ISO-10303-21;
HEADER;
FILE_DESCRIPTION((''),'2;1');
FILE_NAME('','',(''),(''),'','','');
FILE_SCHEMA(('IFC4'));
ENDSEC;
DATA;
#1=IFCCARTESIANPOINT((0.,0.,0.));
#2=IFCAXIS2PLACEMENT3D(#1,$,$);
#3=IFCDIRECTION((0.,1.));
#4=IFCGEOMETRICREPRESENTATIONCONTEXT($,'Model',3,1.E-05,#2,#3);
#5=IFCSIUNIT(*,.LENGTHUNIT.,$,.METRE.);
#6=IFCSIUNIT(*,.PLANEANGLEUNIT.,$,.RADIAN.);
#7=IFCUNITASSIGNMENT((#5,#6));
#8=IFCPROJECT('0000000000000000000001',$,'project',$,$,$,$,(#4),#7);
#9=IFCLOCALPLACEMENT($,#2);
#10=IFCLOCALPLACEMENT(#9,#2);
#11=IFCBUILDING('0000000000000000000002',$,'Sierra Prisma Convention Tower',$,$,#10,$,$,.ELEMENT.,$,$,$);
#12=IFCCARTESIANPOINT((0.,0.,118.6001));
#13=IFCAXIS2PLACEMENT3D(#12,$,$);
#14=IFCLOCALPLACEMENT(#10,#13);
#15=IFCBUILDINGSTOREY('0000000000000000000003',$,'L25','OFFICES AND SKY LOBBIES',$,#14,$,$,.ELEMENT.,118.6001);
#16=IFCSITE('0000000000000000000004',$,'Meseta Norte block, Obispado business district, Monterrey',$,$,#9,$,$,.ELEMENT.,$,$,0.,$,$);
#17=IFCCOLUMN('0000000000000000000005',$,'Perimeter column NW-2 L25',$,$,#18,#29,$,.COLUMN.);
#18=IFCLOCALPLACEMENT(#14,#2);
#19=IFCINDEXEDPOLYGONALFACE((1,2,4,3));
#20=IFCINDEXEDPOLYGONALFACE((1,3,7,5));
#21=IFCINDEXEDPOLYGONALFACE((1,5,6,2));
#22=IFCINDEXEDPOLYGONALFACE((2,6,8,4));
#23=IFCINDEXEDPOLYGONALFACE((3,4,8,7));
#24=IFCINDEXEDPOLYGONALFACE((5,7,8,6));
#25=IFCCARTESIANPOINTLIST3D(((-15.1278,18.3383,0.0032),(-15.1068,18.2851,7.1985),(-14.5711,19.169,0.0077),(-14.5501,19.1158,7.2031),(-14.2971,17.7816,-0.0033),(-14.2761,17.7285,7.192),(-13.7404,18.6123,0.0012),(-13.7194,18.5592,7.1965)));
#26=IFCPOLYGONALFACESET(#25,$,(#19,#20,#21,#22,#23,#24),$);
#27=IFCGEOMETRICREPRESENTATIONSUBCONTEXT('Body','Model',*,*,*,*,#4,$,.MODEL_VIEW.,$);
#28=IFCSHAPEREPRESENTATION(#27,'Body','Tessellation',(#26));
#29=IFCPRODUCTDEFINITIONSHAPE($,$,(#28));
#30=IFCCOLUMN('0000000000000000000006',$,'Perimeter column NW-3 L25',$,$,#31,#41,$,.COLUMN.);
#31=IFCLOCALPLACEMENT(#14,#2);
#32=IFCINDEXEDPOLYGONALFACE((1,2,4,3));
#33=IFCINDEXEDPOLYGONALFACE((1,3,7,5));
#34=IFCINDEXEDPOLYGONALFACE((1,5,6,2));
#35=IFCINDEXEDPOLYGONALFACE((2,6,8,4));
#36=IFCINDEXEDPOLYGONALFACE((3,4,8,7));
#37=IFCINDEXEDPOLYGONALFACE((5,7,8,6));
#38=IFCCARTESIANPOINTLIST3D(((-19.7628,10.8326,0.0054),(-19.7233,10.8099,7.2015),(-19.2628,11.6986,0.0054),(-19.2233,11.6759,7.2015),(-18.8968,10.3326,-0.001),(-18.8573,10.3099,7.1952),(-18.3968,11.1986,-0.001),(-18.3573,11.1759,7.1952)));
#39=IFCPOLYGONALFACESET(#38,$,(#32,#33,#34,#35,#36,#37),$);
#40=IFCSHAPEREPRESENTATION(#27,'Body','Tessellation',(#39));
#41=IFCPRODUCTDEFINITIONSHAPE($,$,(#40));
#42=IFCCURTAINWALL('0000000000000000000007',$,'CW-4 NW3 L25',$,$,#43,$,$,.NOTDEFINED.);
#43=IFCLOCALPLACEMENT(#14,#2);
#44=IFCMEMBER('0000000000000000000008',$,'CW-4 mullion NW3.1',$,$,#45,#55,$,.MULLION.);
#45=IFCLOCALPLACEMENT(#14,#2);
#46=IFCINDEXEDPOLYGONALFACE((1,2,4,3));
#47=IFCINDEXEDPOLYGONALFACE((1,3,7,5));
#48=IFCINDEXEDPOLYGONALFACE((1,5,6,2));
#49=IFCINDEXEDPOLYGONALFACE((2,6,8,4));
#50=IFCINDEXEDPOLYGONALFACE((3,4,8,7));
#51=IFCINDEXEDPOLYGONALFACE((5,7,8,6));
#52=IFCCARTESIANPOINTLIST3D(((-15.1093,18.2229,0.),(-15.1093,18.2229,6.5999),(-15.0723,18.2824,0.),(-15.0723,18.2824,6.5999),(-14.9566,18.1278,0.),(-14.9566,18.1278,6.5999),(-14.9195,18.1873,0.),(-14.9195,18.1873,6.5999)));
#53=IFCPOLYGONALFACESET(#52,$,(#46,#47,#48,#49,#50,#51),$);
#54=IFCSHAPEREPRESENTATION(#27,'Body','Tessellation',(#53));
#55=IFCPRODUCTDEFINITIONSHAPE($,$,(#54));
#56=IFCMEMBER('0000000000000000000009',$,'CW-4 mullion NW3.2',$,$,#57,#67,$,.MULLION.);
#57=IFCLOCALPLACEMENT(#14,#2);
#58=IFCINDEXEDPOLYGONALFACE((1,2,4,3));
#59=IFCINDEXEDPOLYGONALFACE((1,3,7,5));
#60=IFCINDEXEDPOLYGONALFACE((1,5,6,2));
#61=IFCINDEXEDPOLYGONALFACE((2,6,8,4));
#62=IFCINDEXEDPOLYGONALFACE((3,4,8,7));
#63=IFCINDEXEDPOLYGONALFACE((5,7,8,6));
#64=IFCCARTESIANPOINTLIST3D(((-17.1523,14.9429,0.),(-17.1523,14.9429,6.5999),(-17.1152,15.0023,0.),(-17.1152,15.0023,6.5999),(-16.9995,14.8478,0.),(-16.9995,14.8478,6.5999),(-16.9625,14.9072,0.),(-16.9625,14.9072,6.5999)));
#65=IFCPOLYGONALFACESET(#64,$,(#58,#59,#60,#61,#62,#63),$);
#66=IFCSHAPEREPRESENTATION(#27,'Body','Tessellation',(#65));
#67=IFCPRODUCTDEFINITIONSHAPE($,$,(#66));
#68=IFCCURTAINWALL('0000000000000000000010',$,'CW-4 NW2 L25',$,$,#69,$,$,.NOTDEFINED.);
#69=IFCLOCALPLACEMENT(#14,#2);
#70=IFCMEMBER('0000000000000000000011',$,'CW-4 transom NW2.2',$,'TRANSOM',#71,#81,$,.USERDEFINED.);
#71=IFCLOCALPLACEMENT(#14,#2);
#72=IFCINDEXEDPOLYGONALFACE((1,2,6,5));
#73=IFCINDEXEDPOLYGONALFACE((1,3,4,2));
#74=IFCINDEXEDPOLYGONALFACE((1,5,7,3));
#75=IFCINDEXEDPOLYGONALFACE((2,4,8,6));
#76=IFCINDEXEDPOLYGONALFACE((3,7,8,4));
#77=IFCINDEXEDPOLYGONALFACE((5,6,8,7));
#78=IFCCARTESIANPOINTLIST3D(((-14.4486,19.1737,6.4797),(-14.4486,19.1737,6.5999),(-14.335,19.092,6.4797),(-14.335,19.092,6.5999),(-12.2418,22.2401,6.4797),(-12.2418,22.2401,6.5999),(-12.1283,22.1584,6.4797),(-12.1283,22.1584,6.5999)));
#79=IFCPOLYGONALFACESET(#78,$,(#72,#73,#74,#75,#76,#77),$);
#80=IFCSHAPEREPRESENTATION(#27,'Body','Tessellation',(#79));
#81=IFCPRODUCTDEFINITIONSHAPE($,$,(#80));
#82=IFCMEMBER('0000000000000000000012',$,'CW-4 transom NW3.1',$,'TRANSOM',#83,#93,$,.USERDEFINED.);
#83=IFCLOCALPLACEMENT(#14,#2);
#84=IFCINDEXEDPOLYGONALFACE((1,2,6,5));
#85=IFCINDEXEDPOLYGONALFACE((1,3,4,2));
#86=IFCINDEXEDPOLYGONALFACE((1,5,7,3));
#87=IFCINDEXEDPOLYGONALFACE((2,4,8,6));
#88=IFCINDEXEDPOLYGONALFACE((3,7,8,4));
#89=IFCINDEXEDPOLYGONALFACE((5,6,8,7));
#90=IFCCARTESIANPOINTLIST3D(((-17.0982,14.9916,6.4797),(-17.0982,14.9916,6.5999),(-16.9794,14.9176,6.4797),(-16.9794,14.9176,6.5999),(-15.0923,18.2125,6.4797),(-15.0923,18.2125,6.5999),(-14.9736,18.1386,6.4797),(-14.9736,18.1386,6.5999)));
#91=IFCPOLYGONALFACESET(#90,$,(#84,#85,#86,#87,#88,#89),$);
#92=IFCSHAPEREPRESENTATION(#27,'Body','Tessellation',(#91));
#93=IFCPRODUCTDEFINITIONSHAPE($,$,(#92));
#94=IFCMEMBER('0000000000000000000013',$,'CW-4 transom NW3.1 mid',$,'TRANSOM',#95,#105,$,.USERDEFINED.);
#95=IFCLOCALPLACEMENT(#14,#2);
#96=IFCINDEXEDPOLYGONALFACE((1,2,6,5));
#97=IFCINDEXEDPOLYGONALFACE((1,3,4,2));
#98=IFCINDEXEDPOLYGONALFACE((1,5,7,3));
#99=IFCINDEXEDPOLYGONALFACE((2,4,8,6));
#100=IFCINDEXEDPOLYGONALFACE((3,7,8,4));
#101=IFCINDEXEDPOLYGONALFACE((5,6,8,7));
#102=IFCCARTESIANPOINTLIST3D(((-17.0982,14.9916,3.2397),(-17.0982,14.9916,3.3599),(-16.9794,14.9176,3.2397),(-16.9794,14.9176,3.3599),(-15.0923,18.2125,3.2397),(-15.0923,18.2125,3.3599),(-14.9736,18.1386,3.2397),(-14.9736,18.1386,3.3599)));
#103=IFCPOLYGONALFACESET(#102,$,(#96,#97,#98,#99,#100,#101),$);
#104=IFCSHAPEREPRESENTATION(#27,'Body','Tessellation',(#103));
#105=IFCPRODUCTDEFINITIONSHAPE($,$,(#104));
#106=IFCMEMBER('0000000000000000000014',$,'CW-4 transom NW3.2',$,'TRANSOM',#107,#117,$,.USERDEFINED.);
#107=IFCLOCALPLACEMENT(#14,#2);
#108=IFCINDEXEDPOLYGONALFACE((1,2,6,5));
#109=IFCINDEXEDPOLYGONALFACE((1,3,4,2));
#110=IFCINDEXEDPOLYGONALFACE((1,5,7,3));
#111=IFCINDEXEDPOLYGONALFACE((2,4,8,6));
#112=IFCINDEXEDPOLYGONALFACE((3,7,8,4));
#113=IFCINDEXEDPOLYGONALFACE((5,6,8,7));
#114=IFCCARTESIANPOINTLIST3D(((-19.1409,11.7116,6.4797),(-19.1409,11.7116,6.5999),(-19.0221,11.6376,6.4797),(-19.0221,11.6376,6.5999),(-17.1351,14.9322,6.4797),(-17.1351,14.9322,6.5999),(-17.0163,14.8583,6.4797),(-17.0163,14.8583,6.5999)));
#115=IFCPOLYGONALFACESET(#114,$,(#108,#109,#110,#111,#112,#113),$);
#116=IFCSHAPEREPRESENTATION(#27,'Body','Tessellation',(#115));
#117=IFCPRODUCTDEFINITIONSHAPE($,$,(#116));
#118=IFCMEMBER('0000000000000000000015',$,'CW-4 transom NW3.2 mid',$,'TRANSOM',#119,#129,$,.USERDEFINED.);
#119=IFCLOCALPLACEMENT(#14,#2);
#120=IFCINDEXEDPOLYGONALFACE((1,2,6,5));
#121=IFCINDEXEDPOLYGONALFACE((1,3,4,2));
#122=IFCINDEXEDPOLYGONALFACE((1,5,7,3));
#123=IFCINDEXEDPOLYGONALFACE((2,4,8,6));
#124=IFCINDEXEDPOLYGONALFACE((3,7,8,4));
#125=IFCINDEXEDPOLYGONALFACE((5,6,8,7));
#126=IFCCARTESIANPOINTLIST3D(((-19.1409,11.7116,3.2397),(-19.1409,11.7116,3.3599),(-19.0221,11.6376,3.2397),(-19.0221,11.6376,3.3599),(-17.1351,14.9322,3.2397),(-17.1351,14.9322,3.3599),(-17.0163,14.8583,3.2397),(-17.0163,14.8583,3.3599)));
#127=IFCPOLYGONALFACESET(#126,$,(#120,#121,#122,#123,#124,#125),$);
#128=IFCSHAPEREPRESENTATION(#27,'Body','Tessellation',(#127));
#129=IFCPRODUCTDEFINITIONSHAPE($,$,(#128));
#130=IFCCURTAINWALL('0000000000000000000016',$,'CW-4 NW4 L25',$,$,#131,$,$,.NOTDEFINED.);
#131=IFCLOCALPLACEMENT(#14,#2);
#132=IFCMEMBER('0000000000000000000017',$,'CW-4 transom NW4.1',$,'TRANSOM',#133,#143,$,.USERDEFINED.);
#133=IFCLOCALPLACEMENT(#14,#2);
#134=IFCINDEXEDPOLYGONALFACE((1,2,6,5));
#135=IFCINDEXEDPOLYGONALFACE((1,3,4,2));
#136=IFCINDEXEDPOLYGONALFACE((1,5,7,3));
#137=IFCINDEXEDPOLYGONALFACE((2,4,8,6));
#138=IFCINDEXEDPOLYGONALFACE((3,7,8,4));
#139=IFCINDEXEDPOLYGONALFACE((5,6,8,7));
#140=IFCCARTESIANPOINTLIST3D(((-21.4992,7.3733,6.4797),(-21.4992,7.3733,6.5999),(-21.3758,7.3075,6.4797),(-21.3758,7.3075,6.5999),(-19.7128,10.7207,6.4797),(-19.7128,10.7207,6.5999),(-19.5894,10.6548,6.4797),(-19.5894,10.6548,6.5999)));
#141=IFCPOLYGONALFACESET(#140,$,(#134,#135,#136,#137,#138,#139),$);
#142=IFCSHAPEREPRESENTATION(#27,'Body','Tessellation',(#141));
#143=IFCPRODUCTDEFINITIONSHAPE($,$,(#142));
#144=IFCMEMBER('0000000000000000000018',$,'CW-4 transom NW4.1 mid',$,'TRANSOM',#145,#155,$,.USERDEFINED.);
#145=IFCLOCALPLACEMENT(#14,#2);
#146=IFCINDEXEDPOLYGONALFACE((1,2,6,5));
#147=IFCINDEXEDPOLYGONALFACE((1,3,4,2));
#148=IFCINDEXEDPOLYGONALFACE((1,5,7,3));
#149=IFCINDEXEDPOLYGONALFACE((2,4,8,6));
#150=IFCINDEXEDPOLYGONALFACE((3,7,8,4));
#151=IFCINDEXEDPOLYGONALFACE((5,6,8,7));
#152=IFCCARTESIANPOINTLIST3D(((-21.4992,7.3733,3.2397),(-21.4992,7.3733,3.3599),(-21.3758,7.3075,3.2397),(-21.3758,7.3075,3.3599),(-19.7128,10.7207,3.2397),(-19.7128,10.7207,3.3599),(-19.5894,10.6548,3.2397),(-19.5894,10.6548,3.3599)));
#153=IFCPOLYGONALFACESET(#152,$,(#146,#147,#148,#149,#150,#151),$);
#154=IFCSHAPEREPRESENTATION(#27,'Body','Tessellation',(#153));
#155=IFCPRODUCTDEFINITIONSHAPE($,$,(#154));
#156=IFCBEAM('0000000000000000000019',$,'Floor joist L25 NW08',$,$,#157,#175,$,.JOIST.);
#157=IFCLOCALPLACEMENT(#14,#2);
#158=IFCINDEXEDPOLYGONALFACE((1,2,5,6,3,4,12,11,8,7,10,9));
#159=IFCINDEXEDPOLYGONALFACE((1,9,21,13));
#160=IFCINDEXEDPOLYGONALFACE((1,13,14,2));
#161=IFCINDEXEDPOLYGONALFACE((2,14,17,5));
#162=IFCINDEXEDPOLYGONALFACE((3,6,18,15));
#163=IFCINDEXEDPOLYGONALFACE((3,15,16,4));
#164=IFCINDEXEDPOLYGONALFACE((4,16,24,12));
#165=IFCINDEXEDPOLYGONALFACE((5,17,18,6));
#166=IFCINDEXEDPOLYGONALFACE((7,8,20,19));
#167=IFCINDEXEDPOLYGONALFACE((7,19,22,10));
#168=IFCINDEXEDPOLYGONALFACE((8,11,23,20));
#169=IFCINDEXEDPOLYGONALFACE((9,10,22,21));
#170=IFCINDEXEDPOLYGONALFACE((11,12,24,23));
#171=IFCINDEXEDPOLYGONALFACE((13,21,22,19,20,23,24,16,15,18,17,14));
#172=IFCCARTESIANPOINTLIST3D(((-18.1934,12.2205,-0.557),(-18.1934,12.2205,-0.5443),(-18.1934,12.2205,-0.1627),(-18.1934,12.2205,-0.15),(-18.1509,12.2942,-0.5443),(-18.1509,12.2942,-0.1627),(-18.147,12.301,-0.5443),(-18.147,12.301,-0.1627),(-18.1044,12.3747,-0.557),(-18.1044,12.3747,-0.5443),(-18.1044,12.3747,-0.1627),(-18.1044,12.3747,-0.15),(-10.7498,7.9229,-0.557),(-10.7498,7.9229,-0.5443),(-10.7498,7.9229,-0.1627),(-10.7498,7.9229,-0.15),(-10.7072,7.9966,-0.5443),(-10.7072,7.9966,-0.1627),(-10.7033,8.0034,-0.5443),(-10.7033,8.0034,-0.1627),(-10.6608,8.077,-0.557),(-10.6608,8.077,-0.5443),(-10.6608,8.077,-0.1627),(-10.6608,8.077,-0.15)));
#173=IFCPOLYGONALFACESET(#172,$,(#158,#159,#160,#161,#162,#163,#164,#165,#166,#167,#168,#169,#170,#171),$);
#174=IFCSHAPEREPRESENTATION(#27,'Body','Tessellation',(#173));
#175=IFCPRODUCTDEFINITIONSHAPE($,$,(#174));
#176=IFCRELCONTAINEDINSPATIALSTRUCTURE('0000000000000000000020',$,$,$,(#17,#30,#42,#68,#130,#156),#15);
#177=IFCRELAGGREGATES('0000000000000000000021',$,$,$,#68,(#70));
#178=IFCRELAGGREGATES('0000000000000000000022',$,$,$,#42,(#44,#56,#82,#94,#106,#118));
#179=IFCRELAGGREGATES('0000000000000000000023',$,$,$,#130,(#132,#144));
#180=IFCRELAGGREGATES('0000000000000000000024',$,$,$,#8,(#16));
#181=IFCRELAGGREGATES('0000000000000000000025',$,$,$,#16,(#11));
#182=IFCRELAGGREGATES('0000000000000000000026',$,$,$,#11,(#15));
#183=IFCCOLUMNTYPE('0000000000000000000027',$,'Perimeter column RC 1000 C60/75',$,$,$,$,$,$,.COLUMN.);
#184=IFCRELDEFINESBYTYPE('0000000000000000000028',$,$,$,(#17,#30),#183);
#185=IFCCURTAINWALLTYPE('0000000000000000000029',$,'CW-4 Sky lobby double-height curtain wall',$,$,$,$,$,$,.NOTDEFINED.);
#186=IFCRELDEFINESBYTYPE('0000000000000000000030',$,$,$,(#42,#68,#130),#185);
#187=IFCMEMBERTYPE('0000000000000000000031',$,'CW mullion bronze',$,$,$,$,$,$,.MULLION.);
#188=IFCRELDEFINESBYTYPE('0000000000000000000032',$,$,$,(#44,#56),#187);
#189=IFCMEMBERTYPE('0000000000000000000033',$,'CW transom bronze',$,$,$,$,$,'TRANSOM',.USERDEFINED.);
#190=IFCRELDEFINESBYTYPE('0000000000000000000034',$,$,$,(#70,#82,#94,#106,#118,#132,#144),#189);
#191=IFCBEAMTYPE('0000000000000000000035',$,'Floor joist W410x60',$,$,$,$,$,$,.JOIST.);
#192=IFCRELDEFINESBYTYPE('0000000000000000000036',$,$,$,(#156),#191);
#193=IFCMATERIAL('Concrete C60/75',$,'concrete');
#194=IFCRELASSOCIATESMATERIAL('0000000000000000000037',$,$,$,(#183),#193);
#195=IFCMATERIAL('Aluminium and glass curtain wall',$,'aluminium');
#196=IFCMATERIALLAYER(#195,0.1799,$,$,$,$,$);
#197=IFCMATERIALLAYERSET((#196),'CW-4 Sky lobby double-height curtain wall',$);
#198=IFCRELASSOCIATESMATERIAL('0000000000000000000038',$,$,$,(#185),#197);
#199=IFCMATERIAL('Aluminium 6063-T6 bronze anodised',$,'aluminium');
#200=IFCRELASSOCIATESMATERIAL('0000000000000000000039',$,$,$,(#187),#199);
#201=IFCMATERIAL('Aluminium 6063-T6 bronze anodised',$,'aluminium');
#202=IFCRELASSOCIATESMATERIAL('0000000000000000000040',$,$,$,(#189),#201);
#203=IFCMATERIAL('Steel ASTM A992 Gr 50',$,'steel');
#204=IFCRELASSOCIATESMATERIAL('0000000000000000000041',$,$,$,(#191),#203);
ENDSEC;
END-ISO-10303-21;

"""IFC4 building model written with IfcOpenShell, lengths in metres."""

from ifc_helpers import new_model, si_unit, direction, frame, origin, origin_2d, place, context, subcontext, project, spatial, rectangle, i_section, extrude, clip, halfspace, material, layer, layer_set, material_profile, profile_set, type_object, element, aggregate, save


model = new_model("IFC4")

# Units and contexts
model_context = context("Model", 3, precision=1e-05, world=origin(), true_north=direction((0.0, 1.0)))
body_context = subcontext(model_context, "Body", "Model", "MODEL_VIEW")
ifc_project = project(units=[si_unit("LENGTHUNIT", "METRE"), si_unit("PLANEANGLEUNIT", "RADIAN")], contexts=[model_context])

# Site, building, storey
site_placement = place(None, origin())
site = spatial("IfcSite", under=ifc_project, at=site_placement, Name="Meseta Norte block, Obispado business district, Monterrey", CompositionType="ELEMENT", RefElevation=0.0)
building_placement = place(site_placement, origin())
building = spatial("IfcBuilding", under=site, at=building_placement, Name="Sierra Prisma Convention Tower", CompositionType="ELEMENT")
storey_placement = place(building_placement, frame((0.0, 0.0, 118.6001)))
storey = spatial("IfcBuildingStorey", under=building, at=storey_placement, Name="L25", Description="OFFICES AND SKY LOBBIES", CompositionType="ELEMENT", Elevation=118.6001)

# Columns
ifc_material_1 = material(Name="Concrete C60/75", Category="concrete")
ifc_material_profile_1 = material_profile(ifc_material_1, rectangle(XDim=1.0, YDim=1.0, at=origin_2d()), Name="Perimeter column RC 1000 C60/75")
ifc_profile_set_1 = profile_set([ifc_material_profile_1], Name="Concrete C60/75")
column_type = type_object("IfcColumnType", Name="Perimeter column RC 1000 C60/75", PredefinedType="COLUMN", material=ifc_profile_set_1)
column_1_placement = place(storey_placement, frame((-14.4341, 18.4753, 0.0), z_axis=(0.002916, -0.007392, 0.999968), x_axis=(0.556692, 0.830707, 0.004517)))
element("IfcColumn", 1, at=column_1_placement, inside=storey, type_object=column_type, Name="Perimeter column NW-2 L25", PredefinedType="COLUMN", context=body_context, shape_type="SweptSolid", body=[
    clip(clip(extrude(rectangle(XDim=1.0, YDim=1.0, at=origin_2d()), origin(), (0.0, 0.0, 1.0), 7.2002), halfspace(frame((0.0, 0.0, 0.0022)), True)), halfspace(frame((0.0, 0.0, 7.1978)), False)),
])
column_2_placement = place(storey_placement, frame((-19.0798, 11.0156, 0.0), z_axis=(0.005493, -0.003153, 0.99998), x_axis=(0.499992, 0.86603, -0.000016)))
element("IfcColumn", 2, at=column_2_placement, inside=storey, type_object=column_type, Name="Perimeter column NW-3 L25", PredefinedType="COLUMN", context=body_context, shape_type="SweptSolid", body=[
    clip(clip(extrude(rectangle(XDim=1.0, YDim=1.0, at=origin_2d()), origin(), (0.0, 0.0, 1.0), 7.2002), halfspace(frame((0.0, 0.0, 0.0022)), True)), halfspace(frame((0.0, 0.0, 7.1985)), False)),
])

# Curtain wall, members
ifc_material_2 = material(Name="Aluminium and glass curtain wall", Category="aluminium")
ifc_layer_1 = layer(ifc_material_2, 0.1799)
ifc_layer_set_1 = layer_set([ifc_layer_1], Name="CW-4 Sky lobby double-height curtain wall")
curtain_wall_type = type_object("IfcCurtainWallType", Name="CW-4 Sky lobby double-height curtain wall", PredefinedType="NOTDEFINED", material=ifc_layer_set_1)
curtain_wall_1_placement = place(storey_placement, origin())
curtain_wall_1 = element("IfcCurtainWall", 3, at=curtain_wall_1_placement, inside=storey, type_object=curtain_wall_type, Name="CW-4 NW3 L25", PredefinedType="NOTDEFINED")
ifc_material_3 = material(Name="Aluminium 6063-T6 bronze anodised", Category="aluminium")
ifc_material_profile_2 = material_profile(ifc_material_3, rectangle(XDim=0.1799, YDim=0.0701, at=origin_2d()), Name="ALU MULLION 70x180")
ifc_profile_set_2 = profile_set([ifc_material_profile_2], Name="Aluminium 6063-T6 bronze anodised")
member_type_1 = type_object("IfcMemberType", Name="CW mullion bronze", PredefinedType="MULLION", material=ifc_profile_set_2)
member_1_placement = place(storey_placement, frame((-15.0144, 18.2051, 0.0), z_axis=(0.0, 0.0, 1.0), x_axis=(0.848845, -0.528642, 0.0)))
member_1 = element("IfcMember", 4, at=member_1_placement, type_object=member_type_1, Name="CW-4 mullion NW3.1", PredefinedType="MULLION", context=body_context, shape_type="SweptSolid", body=[
    extrude(rectangle(XDim=0.1799, YDim=0.0701, at=origin_2d()), origin(), (0.0, 0.0, 1.0), 6.5999),
])
member_2_placement = place(storey_placement, frame((-17.0574, 14.925, 0.0), z_axis=(0.0, 0.0, 1.0), x_axis=(0.848845, -0.528642, 0.0)))
member_2 = element("IfcMember", 5, at=member_2_placement, type_object=member_type_1, Name="CW-4 mullion NW3.2", PredefinedType="MULLION", context=body_context, shape_type="SweptSolid", body=[
    extrude(rectangle(XDim=0.1799, YDim=0.0701, at=origin_2d()), origin(), (0.0, 0.0, 1.0), 6.5999),
])

# Curtain wall, member
curtain_wall_2_placement = place(storey_placement, origin())
curtain_wall_2 = element("IfcCurtainWall", 6, at=curtain_wall_2_placement, inside=storey, type_object=curtain_wall_type, Name="CW-4 NW2 L25", PredefinedType="NOTDEFINED")
ifc_material_4 = material(Name="Aluminium 6063-T6 bronze anodised", Category="aluminium")
ifc_material_profile_3 = material_profile(ifc_material_4, rectangle(XDim=0.1399, YDim=0.1201, at=origin_2d()), Name="ALU TRANSOM 120x140")
ifc_profile_set_3 = profile_set([ifc_material_profile_3], Name="Aluminium 6063-T6 bronze anodised")
member_type_2 = type_object("IfcMemberType", Name="CW transom bronze", ElementType="TRANSOM", PredefinedType="USERDEFINED", material=ifc_profile_set_3)
member_3_placement = place(storey_placement, frame((-12.1851, 22.1992, 6.5398), z_axis=(-0.584126, -0.811663, 0.0), x_axis=(0.811663, -0.584126, 0.0)))
member_3 = element("IfcMember", 7, at=member_3_placement, type_object=member_type_2, Name="CW-4 transom NW2.2", ObjectType="TRANSOM", PredefinedType="USERDEFINED", context=body_context, shape_type="SweptSolid", body=[
    extrude(rectangle(XDim=0.1399, YDim=0.1201, at=origin_2d()), origin(), (0.0, 0.0, 1.0), 3.7778),
])

# Members
member_4_placement = place(storey_placement, frame((-15.033, 18.1755, 6.5398), z_axis=(-0.528628, -0.848854, 0.0), x_axis=(0.848854, -0.528628, 0.0)))
member_4 = element("IfcMember", 8, at=member_4_placement, type_object=member_type_2, Name="CW-4 transom NW3.1", ObjectType="TRANSOM", PredefinedType="USERDEFINED", context=body_context, shape_type="SweptSolid", body=[
    extrude(rectangle(XDim=0.1399, YDim=0.1201, at=origin_2d()), origin(), (0.0, 0.0, 1.0), 3.7944),
])
member_5_placement = place(storey_placement, frame((-15.033, 18.1755, 3.2998), z_axis=(-0.528628, -0.848854, 0.0), x_axis=(0.848854, -0.528628, 0.0)))
member_5 = element("IfcMember", 9, at=member_5_placement, type_object=member_type_2, Name="CW-4 transom NW3.1 mid", ObjectType="TRANSOM", PredefinedType="USERDEFINED", context=body_context, shape_type="SweptSolid", body=[
    extrude(rectangle(XDim=0.1399, YDim=0.1201, at=origin_2d()), origin(), (0.0, 0.0, 1.0), 3.7944),
])
member_6_placement = place(storey_placement, frame((-17.0757, 14.8953, 6.5398), z_axis=(-0.528656, -0.848836, 0.0), x_axis=(0.848836, -0.528656, 0.0)))
member_6 = element("IfcMember", 10, at=member_6_placement, type_object=member_type_2, Name="CW-4 transom NW3.2", ObjectType="TRANSOM", PredefinedType="USERDEFINED", context=body_context, shape_type="SweptSolid", body=[
    extrude(rectangle(XDim=0.1399, YDim=0.1201, at=origin_2d()), origin(), (0.0, 0.0, 1.0), 3.7942),
])
member_7_placement = place(storey_placement, frame((-17.0757, 14.8953, 3.2998), z_axis=(-0.528656, -0.848836, 0.0), x_axis=(0.848836, -0.528656, 0.0)))
member_7 = element("IfcMember", 11, at=member_7_placement, type_object=member_type_2, Name="CW-4 transom NW3.2 mid", ObjectType="TRANSOM", PredefinedType="USERDEFINED", context=body_context, shape_type="SweptSolid", body=[
    extrude(rectangle(XDim=0.1399, YDim=0.1201, at=origin_2d()), origin(), (0.0, 0.0, 1.0), 3.7942),
])

# Curtain wall, members
curtain_wall_3_placement = place(storey_placement, origin())
curtain_wall_3 = element("IfcCurtainWall", 12, at=curtain_wall_3_placement, inside=storey, type_object=curtain_wall_type, Name="CW-4 NW4 L25", PredefinedType="NOTDEFINED")
member_8_placement = place(storey_placement, frame((-19.6511, 10.6877, 6.5398), z_axis=(-0.470812, -0.882234, 0.0), x_axis=(0.882234, -0.470812, 0.0)))
member_8 = element("IfcMember", 13, at=member_8_placement, type_object=member_type_2, Name="CW-4 transom NW4.1", ObjectType="TRANSOM", PredefinedType="USERDEFINED", context=body_context, shape_type="SweptSolid", body=[
    extrude(rectangle(XDim=0.1399, YDim=0.1201, at=origin_2d()), origin(), (0.0, 0.0, 1.0), 3.7942),
])
member_9_placement = place(storey_placement, frame((-19.6511, 10.6877, 3.2998), z_axis=(-0.470812, -0.882234, 0.0), x_axis=(0.882234, -0.470812, 0.0)))
member_9 = element("IfcMember", 14, at=member_9_placement, type_object=member_type_2, Name="CW-4 transom NW4.1 mid", ObjectType="TRANSOM", PredefinedType="USERDEFINED", context=body_context, shape_type="SweptSolid", body=[
    extrude(rectangle(XDim=0.1399, YDim=0.1201, at=origin_2d()), origin(), (0.0, 0.0, 1.0), 3.7942),
])

# Beam
ifc_material_5 = material(Name="Steel ASTM A992 Gr 50", Category="steel")
ifc_material_profile_4 = material_profile(ifc_material_5, i_section(OverallWidth=0.178, OverallDepth=0.407, WebThickness=0.0078, FlangeThickness=0.0127, at=origin_2d()), Name="W410x60")
ifc_profile_set_4 = profile_set([ifc_material_profile_4], Name="Steel ASTM A992 Gr 50")
beam_type_1 = type_object("IfcBeamType", Name="Floor joist W410x60", PredefinedType="JOIST", material=ifc_profile_set_4)
beam_1_placement = place(storey_placement, frame((-18.1489, 12.2976, -0.3535), z_axis=(0.866023, -0.500004, 0.0), x_axis=(0.500004, 0.866023, 0.0)))
element("IfcBeam", 15, at=beam_1_placement, inside=storey, type_object=beam_type_1, Name="Floor joist L25 NW08", PredefinedType="JOIST", context=body_context, shape_type="SweptSolid", body=[
    extrude(i_section(OverallWidth=0.178, OverallDepth=0.407, WebThickness=0.0078, FlangeThickness=0.0127, at=origin_2d()), origin(), (0.0, 0.0, 1.0), 8.5952),
])

aggregate(curtain_wall_2, [member_3])
aggregate(curtain_wall_1, [member_1, member_2, member_4, member_5, member_6, member_7])
aggregate(curtain_wall_3, [member_8, member_9])

save(model, "model.ifc")
